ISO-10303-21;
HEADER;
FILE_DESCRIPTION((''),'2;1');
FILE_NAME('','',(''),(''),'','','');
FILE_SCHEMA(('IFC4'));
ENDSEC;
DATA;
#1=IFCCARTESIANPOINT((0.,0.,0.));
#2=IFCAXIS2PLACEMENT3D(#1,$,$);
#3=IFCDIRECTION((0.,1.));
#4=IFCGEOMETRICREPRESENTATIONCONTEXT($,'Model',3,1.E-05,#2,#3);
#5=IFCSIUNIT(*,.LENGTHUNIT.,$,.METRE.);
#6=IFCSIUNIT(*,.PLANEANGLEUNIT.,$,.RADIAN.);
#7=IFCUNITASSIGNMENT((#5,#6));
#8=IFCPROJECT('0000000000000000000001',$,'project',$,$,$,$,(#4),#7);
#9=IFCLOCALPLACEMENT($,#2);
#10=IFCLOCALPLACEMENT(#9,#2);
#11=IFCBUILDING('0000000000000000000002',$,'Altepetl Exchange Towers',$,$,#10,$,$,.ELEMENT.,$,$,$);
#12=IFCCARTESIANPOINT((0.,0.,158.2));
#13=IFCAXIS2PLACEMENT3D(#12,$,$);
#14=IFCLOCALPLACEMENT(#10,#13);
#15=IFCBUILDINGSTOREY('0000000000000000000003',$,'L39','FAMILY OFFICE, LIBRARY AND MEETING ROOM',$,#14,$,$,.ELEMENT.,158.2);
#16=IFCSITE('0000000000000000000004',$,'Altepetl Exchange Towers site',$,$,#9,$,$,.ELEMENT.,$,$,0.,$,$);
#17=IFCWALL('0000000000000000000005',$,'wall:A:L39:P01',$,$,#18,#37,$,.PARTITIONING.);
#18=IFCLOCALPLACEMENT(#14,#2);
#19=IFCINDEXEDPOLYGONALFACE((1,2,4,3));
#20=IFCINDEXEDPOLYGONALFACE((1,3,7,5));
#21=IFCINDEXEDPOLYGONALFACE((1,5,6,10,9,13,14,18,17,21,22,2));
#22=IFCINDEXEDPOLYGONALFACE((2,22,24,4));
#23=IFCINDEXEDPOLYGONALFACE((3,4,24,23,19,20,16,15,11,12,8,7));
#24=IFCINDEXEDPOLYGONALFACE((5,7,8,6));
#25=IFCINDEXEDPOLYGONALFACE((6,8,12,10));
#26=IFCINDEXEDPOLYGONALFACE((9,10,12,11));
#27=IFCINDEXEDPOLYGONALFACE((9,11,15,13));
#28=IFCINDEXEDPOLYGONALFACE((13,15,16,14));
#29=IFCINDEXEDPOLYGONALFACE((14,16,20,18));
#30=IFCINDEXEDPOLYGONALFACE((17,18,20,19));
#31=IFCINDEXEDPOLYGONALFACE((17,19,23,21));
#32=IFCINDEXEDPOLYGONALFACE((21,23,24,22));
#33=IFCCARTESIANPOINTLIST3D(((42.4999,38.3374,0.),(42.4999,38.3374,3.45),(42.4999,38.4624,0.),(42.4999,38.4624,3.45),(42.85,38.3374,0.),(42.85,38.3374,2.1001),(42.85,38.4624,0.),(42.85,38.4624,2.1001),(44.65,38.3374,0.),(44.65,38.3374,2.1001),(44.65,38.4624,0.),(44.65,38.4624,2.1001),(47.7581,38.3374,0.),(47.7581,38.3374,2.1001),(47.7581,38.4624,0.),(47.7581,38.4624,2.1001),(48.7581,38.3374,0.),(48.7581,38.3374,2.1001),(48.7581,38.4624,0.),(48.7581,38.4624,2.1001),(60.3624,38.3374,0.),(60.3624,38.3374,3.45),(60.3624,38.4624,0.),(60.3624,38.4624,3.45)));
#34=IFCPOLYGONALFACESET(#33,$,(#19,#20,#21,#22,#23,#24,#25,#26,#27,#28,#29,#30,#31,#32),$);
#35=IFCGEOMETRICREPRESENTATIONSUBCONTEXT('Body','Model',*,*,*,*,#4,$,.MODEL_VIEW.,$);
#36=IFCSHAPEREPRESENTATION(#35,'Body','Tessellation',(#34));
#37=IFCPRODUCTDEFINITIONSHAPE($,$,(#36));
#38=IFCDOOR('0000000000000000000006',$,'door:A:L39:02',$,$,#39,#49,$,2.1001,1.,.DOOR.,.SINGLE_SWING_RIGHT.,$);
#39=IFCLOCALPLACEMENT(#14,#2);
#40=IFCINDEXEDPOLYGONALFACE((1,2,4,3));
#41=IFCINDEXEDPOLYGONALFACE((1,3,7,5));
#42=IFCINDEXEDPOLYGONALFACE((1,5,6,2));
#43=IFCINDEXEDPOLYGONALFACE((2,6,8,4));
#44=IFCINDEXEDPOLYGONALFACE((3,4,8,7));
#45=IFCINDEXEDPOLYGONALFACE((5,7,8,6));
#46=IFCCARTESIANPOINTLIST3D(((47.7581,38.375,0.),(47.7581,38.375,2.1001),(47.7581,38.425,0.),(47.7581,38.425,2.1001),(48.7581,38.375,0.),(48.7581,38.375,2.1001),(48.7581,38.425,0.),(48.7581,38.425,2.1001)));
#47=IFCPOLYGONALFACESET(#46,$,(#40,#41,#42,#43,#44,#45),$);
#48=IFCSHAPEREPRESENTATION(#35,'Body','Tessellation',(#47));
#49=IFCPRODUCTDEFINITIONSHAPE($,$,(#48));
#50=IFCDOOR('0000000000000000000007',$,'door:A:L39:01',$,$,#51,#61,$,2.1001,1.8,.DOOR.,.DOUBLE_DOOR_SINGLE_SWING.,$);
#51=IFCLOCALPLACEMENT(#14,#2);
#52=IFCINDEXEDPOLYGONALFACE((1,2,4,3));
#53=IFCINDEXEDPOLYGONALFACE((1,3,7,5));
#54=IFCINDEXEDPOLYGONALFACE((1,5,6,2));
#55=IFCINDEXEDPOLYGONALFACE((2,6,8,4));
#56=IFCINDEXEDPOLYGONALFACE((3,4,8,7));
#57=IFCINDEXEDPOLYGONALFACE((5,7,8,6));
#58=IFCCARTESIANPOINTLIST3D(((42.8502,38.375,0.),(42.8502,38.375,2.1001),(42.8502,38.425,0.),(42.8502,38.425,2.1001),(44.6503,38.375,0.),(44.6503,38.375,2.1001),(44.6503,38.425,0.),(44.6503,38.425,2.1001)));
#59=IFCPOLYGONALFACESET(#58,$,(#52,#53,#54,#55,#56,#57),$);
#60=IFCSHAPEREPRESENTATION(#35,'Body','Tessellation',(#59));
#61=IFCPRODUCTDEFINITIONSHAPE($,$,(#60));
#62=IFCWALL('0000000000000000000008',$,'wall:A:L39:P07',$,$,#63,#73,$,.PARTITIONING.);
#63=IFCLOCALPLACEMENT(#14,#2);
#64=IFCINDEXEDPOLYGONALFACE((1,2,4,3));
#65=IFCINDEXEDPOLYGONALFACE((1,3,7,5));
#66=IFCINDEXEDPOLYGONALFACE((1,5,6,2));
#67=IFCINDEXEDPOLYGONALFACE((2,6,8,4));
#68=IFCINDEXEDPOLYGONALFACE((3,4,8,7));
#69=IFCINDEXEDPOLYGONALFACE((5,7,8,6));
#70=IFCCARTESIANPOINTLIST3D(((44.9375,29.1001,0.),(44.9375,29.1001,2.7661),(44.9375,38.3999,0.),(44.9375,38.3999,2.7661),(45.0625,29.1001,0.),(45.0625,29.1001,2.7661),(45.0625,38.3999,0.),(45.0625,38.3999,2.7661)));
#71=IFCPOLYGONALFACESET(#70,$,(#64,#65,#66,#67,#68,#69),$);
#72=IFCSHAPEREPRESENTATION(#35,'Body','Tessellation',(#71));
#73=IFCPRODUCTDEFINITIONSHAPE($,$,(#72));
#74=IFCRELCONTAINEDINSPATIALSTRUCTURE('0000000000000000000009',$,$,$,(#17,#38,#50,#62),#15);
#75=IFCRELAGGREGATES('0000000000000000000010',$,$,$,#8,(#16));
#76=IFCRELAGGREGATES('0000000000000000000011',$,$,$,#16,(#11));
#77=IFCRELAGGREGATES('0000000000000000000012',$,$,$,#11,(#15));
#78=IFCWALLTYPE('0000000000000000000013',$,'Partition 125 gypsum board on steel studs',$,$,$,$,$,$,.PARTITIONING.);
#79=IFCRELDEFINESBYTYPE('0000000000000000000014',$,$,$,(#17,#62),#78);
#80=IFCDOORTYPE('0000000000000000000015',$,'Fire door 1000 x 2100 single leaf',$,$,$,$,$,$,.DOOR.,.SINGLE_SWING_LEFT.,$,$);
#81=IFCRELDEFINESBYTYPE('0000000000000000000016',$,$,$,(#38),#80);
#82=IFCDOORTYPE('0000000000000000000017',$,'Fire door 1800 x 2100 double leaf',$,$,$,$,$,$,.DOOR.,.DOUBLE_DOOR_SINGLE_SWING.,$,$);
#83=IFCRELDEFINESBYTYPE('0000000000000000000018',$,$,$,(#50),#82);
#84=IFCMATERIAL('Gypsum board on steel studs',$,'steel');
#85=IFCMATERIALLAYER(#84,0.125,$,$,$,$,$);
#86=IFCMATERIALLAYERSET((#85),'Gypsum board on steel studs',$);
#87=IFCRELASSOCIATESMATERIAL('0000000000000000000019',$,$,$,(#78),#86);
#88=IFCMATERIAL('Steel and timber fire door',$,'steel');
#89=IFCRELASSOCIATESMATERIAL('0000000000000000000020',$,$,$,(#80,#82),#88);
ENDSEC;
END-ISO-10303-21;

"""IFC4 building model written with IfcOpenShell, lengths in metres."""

from ifc_helpers import new_model, si_unit, direction, frame, frame_2d, origin, place, context, subcontext, project, spatial, rectangle, extrude, material, layer, layer_set, type_object, element, fill, save


model = new_model("IFC4")

# Units and contexts
model_context = context("Model", 3, precision=1e-05, world=origin(), true_north=direction((0.0, 1.0)))
body_context = subcontext(model_context, "Body", "Model", "MODEL_VIEW")
ifc_project = project(units=[si_unit("LENGTHUNIT", "METRE"), si_unit("PLANEANGLEUNIT", "RADIAN")], contexts=[model_context])

# Site, building, storey
site_placement = place(None, origin())
site = spatial("IfcSite", under=ifc_project, at=site_placement, Name="Altepetl Exchange Towers site", CompositionType="ELEMENT", RefElevation=0.0)
building_placement = place(site_placement, origin())
building = spatial("IfcBuilding", under=site, at=building_placement, Name="Altepetl Exchange Towers", CompositionType="ELEMENT")
storey_placement = place(building_placement, frame((0.0, 0.0, 158.2)))
storey = spatial("IfcBuildingStorey", under=building, at=storey_placement, Name="L39", Description="FAMILY OFFICE, LIBRARY AND MEETING ROOM", CompositionType="ELEMENT", Elevation=158.2)

# Wall, openings, doors
ifc_material_1 = material(Name="Gypsum board on steel studs", Category="steel")
ifc_layer_1 = layer(ifc_material_1, 0.125)
ifc_layer_set_1 = layer_set([ifc_layer_1], Name="Gypsum board on steel studs")
wall_type_1 = type_object("IfcWallType", Name="Partition 125 gypsum board on steel studs", PredefinedType="PARTITIONING", material=ifc_layer_set_1)
wall_1_placement = place(storey_placement, frame((42.5, 38.3999, 0.0)))
wall_1 = element("IfcWall", 1, at=wall_1_placement, inside=storey, type_object=wall_type_1, Name="wall:A:L39:P01", PredefinedType="PARTITIONING", context=body_context, shape_type="SweptSolid", body=[
    extrude(rectangle(XDim=17.8625, YDim=0.125, at=frame_2d((8.9312, 0.0))), origin(), (0.0, 0.0, 1.0), 3.45),
])
opening_1_placement = place(wall_1_placement, frame((0.3501, 0.0, 0.0)))
opening_1 = element("IfcOpeningElement", 2, at=opening_1_placement, cuts=wall_1, PredefinedType="OPENING", context=body_context, shape_type="SweptSolid", body=[
    extrude(rectangle(XDim=1.8, YDim=2.1001, at=frame_2d((0.8999, 1.05))), frame((0.0, 0.0725, 0.0), z_axis=(0.0, -1.0, 0.0), x_axis=(1.0, 0.0, 0.0)), (0.0, 0.0, 1.0), 0.145),
])
opening_2_placement = place(wall_1_placement, frame((5.2581, 0.0, 0.0)))
opening_2 = element("IfcOpeningElement", 3, at=opening_2_placement, cuts=wall_1, PredefinedType="OPENING", context=body_context, shape_type="SweptSolid", body=[
    extrude(rectangle(XDim=1.0, YDim=2.1001, at=frame_2d((0.5, 1.05))), frame((0.0, 0.0725, 0.0), z_axis=(0.0, -1.0, 0.0), x_axis=(1.0, 0.0, 0.0)), (0.0, 0.0, 1.0), 0.145),
])
ifc_material_2 = material(Name="Steel and timber fire door", Category="steel")
door_type_1 = type_object("IfcDoorType", Name="Fire door 1000 x 2100 single leaf", OperationType="SINGLE_SWING_LEFT", PredefinedType="DOOR", material=ifc_material_2)
door_1_placement = place(opening_2_placement, frame((1.0, 0.0, 0.0), x_axis=(-1.0, 0.0, 0.0)))
door_1 = element("IfcDoor", 4, at=door_1_placement, inside=storey, type_object=door_type_1, Name="door:A:L39:02", OperationType="SINGLE_SWING_RIGHT", OverallHeight=2.1001, OverallWidth=1.0, PredefinedType="DOOR", context=body_context, shape_type="SweptSolid", body=[
    extrude(rectangle(XDim=1.0, YDim=2.1001, at=frame_2d((0.5, 1.05))), frame((0.0, 0.0249, 0.0), z_axis=(0.0, -1.0, 0.0), x_axis=(1.0, 0.0, 0.0)), (0.0, 0.0, 1.0), 0.05),
])
fill(opening_2, door_1)
door_type_2 = type_object("IfcDoorType", Name="Fire door 1800 x 2100 double leaf", OperationType="DOUBLE_DOOR_SINGLE_SWING", PredefinedType="DOOR", material=ifc_material_2)
door_2_placement = place(opening_1_placement, frame((1.8, 0.0, 0.0), x_axis=(-1.0, 0.0, 0.0)))
door_2 = element("IfcDoor", 5, at=door_2_placement, inside=storey, type_object=door_type_2, Name="door:A:L39:01", OperationType="DOUBLE_DOOR_SINGLE_SWING", OverallHeight=2.1001, OverallWidth=1.8, PredefinedType="DOOR", context=body_context, shape_type="SweptSolid", body=[
    extrude(rectangle(XDim=1.8, YDim=2.1001, at=frame_2d((0.8999, 1.05))), frame((0.0, 0.0249, 0.0), z_axis=(0.0, -1.0, 0.0), x_axis=(1.0, 0.0, 0.0)), (0.0, 0.0, 1.0), 0.05),
])
fill(opening_1, door_2)

# Wall
wall_2_placement = place(storey_placement, frame((45.0, 29.1001, 0.0), z_axis=(0.0, 0.0, 1.0), x_axis=(0.0, 1.0, 0.0)))
element("IfcWall", 6, at=wall_2_placement, inside=storey, type_object=wall_type_1, Name="wall:A:L39:P07", PredefinedType="PARTITIONING", context=body_context, shape_type="SweptSolid", body=[
    extrude(rectangle(XDim=9.2998, YDim=0.125, at=frame_2d((4.6499, 0.0))), origin(), (0.0, 0.0, 1.0), 2.7661),
])

save(model, "model.ifc")
